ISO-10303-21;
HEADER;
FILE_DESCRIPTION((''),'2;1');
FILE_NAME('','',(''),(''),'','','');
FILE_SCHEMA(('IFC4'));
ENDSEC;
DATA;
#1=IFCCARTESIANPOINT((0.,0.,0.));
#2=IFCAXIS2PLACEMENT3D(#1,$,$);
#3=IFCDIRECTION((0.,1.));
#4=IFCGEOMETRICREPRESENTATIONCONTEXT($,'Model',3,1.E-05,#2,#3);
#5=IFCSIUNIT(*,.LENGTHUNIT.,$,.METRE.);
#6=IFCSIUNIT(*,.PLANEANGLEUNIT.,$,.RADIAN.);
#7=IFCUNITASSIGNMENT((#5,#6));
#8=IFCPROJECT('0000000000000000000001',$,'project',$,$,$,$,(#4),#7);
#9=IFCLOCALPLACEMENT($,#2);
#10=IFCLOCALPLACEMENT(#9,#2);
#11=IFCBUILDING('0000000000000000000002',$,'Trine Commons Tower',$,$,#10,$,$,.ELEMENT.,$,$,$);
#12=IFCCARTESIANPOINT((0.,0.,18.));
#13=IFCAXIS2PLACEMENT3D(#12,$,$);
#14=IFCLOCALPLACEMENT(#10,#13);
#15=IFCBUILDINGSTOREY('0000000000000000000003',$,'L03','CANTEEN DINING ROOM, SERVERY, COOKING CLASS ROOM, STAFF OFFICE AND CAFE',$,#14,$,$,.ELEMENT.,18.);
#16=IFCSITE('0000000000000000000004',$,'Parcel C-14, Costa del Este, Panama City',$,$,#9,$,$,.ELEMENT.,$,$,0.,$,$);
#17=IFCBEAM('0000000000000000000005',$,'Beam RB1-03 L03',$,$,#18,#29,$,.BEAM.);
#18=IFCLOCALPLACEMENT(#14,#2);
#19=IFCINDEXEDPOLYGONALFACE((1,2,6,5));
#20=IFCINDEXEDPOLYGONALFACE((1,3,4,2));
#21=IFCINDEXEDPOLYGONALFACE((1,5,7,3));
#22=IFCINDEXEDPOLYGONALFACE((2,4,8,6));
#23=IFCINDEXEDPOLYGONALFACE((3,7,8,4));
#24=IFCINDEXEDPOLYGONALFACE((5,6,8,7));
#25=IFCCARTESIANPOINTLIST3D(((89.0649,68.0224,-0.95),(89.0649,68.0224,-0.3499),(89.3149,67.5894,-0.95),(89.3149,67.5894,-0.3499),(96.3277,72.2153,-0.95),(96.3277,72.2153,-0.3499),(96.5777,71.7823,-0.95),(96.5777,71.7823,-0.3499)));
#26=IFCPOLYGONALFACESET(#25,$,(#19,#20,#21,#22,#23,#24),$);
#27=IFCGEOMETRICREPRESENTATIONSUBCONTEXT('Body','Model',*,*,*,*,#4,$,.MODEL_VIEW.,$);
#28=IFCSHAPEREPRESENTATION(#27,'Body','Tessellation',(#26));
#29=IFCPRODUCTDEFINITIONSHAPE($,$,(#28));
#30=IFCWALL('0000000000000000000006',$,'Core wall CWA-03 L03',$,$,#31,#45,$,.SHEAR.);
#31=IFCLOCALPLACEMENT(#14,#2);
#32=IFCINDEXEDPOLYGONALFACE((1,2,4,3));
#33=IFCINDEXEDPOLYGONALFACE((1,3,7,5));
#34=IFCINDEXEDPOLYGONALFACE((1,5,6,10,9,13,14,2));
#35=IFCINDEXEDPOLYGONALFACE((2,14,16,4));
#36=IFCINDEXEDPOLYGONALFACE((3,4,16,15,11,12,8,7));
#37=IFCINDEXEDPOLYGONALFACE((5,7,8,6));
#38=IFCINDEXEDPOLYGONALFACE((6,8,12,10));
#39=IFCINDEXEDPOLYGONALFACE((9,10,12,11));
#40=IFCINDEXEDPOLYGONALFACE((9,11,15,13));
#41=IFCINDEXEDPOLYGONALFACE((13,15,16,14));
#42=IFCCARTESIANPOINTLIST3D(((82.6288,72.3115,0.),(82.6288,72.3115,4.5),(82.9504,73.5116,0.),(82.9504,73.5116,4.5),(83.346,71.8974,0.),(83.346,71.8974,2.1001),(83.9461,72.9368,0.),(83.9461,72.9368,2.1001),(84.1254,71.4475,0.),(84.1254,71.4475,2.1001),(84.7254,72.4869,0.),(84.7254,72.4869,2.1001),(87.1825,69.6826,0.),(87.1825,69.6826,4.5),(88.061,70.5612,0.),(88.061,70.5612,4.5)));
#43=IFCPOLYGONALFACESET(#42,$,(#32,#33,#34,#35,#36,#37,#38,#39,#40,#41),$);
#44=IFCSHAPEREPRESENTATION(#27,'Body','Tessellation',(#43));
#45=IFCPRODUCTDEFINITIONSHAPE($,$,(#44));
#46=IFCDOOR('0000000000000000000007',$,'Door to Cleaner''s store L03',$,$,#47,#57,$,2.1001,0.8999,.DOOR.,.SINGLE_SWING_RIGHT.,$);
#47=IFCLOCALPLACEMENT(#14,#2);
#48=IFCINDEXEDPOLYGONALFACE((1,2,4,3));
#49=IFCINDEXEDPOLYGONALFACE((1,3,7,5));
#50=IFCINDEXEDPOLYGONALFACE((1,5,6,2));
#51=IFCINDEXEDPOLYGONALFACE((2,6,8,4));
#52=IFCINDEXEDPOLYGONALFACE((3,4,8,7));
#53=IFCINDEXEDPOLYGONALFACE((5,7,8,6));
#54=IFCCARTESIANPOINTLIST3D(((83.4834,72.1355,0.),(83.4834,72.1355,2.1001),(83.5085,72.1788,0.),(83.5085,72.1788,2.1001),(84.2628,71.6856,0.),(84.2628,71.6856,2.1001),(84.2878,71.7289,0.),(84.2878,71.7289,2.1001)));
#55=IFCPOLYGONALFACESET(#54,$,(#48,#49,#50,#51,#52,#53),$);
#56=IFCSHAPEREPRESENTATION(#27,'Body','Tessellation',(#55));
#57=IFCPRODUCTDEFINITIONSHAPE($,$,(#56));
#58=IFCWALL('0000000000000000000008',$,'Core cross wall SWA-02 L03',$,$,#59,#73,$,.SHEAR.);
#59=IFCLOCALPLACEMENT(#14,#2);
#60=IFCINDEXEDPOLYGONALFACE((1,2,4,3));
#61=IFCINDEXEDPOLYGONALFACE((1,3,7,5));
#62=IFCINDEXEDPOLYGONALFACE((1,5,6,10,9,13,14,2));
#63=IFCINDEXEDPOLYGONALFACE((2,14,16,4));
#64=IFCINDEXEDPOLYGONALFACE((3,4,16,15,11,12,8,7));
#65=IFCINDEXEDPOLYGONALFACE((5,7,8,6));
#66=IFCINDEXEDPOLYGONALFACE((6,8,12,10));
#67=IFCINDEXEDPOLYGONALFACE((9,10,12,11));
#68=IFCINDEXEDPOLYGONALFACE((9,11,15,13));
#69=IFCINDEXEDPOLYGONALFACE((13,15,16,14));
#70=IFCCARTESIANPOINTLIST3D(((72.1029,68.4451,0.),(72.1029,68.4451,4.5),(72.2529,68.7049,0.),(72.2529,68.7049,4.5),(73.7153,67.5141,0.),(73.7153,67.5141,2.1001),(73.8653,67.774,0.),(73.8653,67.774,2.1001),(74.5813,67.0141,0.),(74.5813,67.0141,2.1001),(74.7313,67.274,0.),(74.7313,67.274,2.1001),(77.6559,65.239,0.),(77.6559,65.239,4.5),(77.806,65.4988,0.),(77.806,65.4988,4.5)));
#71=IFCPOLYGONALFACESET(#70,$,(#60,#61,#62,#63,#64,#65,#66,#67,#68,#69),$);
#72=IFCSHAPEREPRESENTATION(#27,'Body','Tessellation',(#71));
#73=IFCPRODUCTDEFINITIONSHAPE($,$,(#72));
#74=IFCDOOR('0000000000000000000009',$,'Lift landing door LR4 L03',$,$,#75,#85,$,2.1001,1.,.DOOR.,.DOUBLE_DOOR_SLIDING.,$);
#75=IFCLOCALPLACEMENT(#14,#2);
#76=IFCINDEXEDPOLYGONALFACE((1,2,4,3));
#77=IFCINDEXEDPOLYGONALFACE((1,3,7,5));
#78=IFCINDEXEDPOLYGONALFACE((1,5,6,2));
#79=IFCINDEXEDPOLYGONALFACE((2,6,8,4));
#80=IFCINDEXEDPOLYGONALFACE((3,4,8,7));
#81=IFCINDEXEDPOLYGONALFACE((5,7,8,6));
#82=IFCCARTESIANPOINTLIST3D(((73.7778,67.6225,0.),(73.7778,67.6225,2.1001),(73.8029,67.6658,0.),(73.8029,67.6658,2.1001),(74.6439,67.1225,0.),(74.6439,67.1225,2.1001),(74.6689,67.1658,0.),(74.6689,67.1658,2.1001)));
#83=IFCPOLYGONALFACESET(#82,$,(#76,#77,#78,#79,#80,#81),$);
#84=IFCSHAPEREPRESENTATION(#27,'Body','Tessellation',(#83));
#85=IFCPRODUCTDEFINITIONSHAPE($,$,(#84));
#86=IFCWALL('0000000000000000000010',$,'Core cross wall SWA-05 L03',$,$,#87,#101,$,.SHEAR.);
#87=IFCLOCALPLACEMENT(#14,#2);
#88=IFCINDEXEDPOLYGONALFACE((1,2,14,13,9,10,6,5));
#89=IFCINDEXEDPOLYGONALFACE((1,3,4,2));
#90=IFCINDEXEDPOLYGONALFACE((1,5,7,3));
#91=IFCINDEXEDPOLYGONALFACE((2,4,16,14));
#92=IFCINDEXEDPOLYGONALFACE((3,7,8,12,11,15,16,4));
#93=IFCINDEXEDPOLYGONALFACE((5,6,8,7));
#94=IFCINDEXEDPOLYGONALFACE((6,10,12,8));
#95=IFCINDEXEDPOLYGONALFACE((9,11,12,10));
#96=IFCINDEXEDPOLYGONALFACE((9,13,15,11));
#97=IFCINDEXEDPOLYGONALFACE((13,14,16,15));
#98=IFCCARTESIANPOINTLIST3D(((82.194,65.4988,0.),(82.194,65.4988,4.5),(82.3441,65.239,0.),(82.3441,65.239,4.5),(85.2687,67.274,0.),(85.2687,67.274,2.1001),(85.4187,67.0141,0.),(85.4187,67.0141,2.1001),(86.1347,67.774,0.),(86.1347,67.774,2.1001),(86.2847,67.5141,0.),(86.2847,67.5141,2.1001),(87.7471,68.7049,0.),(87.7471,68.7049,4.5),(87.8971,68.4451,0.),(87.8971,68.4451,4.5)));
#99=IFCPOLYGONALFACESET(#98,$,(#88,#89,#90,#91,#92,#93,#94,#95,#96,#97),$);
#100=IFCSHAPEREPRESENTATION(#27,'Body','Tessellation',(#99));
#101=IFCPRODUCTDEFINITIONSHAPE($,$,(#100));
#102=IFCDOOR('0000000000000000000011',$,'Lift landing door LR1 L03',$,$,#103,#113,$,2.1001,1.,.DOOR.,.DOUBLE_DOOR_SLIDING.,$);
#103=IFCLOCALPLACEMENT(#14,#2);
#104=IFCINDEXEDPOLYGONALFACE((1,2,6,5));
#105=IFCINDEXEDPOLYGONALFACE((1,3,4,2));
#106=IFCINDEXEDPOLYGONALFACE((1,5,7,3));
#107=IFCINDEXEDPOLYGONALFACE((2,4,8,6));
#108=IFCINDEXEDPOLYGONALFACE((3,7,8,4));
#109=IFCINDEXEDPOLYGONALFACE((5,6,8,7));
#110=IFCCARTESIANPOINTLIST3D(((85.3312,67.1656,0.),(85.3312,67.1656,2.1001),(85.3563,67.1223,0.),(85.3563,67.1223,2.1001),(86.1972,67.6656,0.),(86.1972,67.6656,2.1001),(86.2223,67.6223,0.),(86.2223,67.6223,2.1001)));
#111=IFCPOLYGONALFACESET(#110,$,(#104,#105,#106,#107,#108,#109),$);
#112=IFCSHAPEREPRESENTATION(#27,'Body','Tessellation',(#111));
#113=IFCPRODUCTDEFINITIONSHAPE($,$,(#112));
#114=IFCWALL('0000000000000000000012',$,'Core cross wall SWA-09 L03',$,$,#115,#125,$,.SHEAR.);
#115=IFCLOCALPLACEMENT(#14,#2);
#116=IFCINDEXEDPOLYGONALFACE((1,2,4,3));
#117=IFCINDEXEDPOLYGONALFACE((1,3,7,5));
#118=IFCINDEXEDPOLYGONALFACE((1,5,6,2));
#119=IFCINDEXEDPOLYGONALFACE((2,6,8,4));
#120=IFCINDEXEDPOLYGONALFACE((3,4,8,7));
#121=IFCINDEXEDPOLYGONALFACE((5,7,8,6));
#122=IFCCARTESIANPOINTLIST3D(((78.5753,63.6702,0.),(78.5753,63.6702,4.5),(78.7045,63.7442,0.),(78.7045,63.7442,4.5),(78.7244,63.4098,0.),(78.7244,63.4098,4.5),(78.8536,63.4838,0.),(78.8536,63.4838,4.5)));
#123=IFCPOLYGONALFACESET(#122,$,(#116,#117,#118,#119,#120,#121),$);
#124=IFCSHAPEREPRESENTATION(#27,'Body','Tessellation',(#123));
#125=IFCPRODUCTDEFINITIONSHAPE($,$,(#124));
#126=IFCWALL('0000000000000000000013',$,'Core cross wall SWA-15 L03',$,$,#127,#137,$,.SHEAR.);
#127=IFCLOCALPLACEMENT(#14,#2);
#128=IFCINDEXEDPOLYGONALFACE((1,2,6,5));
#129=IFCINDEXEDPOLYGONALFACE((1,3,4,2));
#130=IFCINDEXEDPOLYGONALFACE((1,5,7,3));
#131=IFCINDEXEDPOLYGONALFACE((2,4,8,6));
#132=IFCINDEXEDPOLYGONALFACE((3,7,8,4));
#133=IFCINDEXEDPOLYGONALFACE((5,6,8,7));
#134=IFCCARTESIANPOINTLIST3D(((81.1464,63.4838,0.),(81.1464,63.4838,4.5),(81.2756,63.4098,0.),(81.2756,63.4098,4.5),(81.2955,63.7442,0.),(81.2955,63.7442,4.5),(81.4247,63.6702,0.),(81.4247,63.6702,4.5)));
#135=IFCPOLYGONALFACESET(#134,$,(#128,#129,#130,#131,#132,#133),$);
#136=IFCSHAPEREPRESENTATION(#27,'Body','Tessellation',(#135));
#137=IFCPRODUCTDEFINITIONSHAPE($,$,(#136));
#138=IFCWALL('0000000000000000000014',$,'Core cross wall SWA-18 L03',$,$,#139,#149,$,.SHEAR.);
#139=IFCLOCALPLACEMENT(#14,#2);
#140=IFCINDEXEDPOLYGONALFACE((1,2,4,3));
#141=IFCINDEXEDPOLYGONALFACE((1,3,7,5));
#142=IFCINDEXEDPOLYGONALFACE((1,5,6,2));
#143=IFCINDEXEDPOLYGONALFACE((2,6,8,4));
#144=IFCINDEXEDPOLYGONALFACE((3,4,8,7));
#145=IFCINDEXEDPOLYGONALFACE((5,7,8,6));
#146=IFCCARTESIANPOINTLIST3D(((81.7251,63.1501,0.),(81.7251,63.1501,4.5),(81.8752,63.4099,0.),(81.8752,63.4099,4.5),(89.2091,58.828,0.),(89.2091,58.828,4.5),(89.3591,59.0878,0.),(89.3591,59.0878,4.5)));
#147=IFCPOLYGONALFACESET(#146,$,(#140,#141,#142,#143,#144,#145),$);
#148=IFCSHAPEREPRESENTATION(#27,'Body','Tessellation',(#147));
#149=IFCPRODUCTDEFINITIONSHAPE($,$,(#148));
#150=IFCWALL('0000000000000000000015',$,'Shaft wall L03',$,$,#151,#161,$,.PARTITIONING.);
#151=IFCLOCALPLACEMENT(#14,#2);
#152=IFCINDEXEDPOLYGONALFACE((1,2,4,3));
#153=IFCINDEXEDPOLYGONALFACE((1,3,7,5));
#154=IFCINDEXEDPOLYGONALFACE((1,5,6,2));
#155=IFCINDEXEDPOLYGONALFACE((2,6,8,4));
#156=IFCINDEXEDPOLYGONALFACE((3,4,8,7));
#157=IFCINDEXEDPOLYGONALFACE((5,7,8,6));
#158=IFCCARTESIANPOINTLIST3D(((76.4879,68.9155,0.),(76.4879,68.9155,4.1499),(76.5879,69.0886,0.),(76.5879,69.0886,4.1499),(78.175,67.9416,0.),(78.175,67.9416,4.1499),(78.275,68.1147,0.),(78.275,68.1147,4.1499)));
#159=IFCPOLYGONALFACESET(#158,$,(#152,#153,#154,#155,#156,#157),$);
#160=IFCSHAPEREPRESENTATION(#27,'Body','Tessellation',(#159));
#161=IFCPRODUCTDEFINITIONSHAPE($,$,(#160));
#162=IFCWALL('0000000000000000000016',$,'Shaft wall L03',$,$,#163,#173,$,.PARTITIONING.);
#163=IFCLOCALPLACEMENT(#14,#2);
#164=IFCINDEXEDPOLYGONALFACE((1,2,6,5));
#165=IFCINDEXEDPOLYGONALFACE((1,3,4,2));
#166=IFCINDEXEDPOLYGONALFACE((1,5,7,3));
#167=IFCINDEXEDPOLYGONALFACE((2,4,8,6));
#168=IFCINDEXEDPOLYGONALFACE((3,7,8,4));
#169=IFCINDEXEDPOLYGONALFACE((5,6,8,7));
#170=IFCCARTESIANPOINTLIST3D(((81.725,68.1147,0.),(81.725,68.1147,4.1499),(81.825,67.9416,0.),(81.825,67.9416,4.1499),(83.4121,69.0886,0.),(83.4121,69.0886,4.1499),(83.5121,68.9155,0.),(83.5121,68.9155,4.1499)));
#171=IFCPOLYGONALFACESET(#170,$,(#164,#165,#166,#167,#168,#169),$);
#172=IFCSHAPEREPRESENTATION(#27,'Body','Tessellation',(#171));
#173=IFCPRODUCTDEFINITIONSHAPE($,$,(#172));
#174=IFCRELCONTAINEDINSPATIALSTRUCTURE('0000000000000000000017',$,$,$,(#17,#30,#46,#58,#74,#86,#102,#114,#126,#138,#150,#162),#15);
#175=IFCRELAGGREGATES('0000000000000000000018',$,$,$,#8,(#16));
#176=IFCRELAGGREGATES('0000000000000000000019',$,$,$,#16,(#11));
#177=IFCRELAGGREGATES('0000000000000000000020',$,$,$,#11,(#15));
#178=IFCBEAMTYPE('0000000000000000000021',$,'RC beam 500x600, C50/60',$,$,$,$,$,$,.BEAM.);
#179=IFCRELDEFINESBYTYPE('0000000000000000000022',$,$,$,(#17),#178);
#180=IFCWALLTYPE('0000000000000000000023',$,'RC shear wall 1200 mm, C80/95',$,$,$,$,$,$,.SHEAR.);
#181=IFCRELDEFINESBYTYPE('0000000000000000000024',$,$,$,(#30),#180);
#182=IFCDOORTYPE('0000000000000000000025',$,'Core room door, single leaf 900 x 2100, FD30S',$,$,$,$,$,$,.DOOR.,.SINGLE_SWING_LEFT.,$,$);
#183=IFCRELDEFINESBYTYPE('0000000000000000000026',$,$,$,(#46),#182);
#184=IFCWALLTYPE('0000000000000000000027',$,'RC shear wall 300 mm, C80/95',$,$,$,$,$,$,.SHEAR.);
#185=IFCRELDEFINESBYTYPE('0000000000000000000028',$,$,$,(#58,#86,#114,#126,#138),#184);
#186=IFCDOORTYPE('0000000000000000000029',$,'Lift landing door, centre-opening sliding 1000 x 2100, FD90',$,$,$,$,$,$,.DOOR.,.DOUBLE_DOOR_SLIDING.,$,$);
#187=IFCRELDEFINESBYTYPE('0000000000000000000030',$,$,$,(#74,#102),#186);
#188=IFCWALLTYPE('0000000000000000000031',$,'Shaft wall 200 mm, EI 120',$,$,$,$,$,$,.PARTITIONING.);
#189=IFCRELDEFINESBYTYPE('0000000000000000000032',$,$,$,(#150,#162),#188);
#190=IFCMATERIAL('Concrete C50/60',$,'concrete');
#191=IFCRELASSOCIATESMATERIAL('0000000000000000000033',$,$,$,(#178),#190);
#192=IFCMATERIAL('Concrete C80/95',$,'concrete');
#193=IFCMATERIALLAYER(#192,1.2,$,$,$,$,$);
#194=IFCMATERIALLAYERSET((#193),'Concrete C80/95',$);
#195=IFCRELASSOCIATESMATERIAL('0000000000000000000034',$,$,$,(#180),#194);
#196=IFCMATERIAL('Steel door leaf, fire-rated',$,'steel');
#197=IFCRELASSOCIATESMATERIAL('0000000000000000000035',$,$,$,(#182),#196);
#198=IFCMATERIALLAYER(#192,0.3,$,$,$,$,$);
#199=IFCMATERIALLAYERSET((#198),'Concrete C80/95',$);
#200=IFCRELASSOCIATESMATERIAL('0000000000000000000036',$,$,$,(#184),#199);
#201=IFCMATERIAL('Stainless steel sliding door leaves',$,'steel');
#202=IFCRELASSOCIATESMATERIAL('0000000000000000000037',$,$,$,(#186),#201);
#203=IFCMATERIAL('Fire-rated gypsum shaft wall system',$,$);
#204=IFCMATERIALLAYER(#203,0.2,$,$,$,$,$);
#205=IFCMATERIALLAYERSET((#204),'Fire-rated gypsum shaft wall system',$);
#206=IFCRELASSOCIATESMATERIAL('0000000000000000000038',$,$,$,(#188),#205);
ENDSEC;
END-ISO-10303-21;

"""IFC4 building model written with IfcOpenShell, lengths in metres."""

from ifc_helpers import new_model, si_unit, direction, frame, frame_2d, origin, origin_2d, place, context, subcontext, project, spatial, polyline, rectangle, outline, extrude, material, layer, layer_set, material_profile, profile_set, type_object, element, fill, save


model = new_model("IFC4")

# Units and contexts
model_context = context("Model", 3, precision=1e-05, world=origin(), true_north=direction((0.0, 1.0)))
body_context = subcontext(model_context, "Body", "Model", "MODEL_VIEW")
ifc_project = project(units=[si_unit("LENGTHUNIT", "METRE"), si_unit("PLANEANGLEUNIT", "RADIAN")], contexts=[model_context])

# Site, building, storey
site_placement = place(None, origin())
site = spatial("IfcSite", under=ifc_project, at=site_placement, Name="Parcel C-14, Costa del Este, Panama City", CompositionType="ELEMENT", RefElevation=0.0)
building_placement = place(site_placement, origin())
building = spatial("IfcBuilding", under=site, at=building_placement, Name="Trine Commons Tower", CompositionType="ELEMENT")
storey_placement = place(building_placement, frame((0.0, 0.0, 18.0)))
storey = spatial("IfcBuildingStorey", under=building, at=storey_placement, Name="L03", Description="CANTEEN DINING ROOM, SERVERY, COOKING CLASS ROOM, STAFF OFFICE AND CAFE", CompositionType="ELEMENT", Elevation=18.0)

# Beam
ifc_material_1 = material(Name="Concrete C50/60", Category="concrete")
ifc_material_profile = material_profile(ifc_material_1, rectangle(XDim=0.5, YDim=0.6001, at=origin_2d()), Name="RC 500x600")
ifc_profile_set = profile_set([ifc_material_profile], Name="Concrete C50/60")
beam_type = type_object("IfcBeamType", Name="RC beam 500x600, C50/60", PredefinedType="BEAM", material=ifc_profile_set)
beam_placement = place(storey_placement, frame((89.1899, 67.8059, -0.6499), z_axis=(0.866038, 0.499978, 0.0), x_axis=(-0.499978, 0.866038, 0.0)))
element("IfcBeam", 1, at=beam_placement, inside=storey, type_object=beam_type, Name="Beam RB1-03 L03", PredefinedType="BEAM", context=body_context, shape_type="SweptSolid", body=[
    extrude(rectangle(XDim=0.5, YDim=0.6001, at=origin_2d()), origin(), (0.0, 0.0, 1.0), 8.3862),
])

# Walls, openings, doors
ifc_material_2 = material(Name="Concrete C80/95", Category="concrete")
ifc_layer_1 = layer(ifc_material_2, 1.2)
ifc_layer_set_1 = layer_set([ifc_layer_1], Name="Concrete C80/95")
wall_type_1 = type_object("IfcWallType", Name="RC shear wall 1200 mm, C80/95", PredefinedType="SHEAR", material=ifc_layer_set_1)
wall_1_placement = place(storey_placement, frame((87.761, 70.0415, 0.0), z_axis=(0.0, 0.0, 1.0), x_axis=(-0.866037, 0.499979, 0.0)))
wall_1 = element("IfcWall", 2, at=wall_1_placement, inside=storey, type_object=wall_type_1, Name="Core wall CWA-03 L03", PredefinedType="SHEAR", context=body_context, shape_type="SweptSolid", body=[
    extrude(outline(polyline([(0.0, -0.6001), (5.9011, -0.6001), (5.5796, 0.6001), (0.3215, 0.6001), (0.0, -0.6001)])), origin(), (0.0, 0.0, 1.0), 4.5),
])
opening_1_placement = place(wall_1_placement, frame((3.8516, 0.0, 0.0)))
opening_1 = element("IfcOpeningElement", 3, at=opening_1_placement, cuts=wall_1, PredefinedType="OPENING", context=body_context, shape_type="SweptSolid", body=[
    extrude(rectangle(XDim=0.8999, YDim=2.1001, at=frame_2d((0.45, 1.05))), frame((0.0, 0.6099, 0.0), z_axis=(0.0, -1.0, 0.0), x_axis=(1.0, 0.0, 0.0)), (0.0, 0.0, 1.0), 1.22),
])
ifc_material_3 = material(Name="Steel door leaf, fire-rated", Category="steel")
door_type_1 = type_object("IfcDoorType", Name="Core room door, single leaf 900 x 2100, FD30S", OperationType="SINGLE_SWING_LEFT", PredefinedType="DOOR", material=ifc_material_3)
door_1_placement = place(opening_1_placement, origin())
door_1 = element("IfcDoor", 4, at=door_1_placement, inside=storey, type_object=door_type_1, Name="Door to Cleaner's store L03", OperationType="SINGLE_SWING_RIGHT", OverallHeight=2.1001, OverallWidth=0.8999, PredefinedType="DOOR", context=body_context, shape_type="SweptSolid", body=[
    extrude(rectangle(XDim=0.8999, YDim=2.1001, at=frame_2d((0.45, 1.05))), frame((0.0, 0.3252, 0.0), z_axis=(0.0, -1.0, 0.0), x_axis=(1.0, 0.0, 0.0)), (0.0, 0.0, 1.0), 0.05),
])
fill(opening_1, door_1)
ifc_layer_2 = layer(ifc_material_2, 0.3)
ifc_layer_set_2 = layer_set([ifc_layer_2], Name="Concrete C80/95")
wall_type_2 = type_object("IfcWallType", Name="RC shear wall 300 mm, C80/95", PredefinedType="SHEAR", material=ifc_layer_set_2)
wall_2_placement = place(storey_placement, frame((77.731, 65.3689, 0.0), z_axis=(0.0, 0.0, 1.0), x_axis=(-0.866023, 0.500005, 0.0)))
wall_2 = element("IfcWall", 5, at=wall_2_placement, inside=storey, type_object=wall_type_2, Name="Core cross wall SWA-02 L03", PredefinedType="SHEAR", context=body_context, shape_type="SweptSolid", body=[
    extrude(rectangle(XDim=6.4121, YDim=0.3, at=frame_2d((3.2061, 0.0))), origin(), (0.0, 0.0, 1.0), 4.5),
])
opening_2_placement = place(wall_2_placement, frame((3.5503, 0.0, 0.0)))
opening_2 = element("IfcOpeningElement", 6, at=opening_2_placement, cuts=wall_2, PredefinedType="OPENING", context=body_context, shape_type="SweptSolid", body=[
    extrude(rectangle(XDim=1.0, YDim=2.1001, at=frame_2d((0.5, 1.05))), frame((0.0, 0.1599, 0.0), z_axis=(0.0, -1.0, 0.0), x_axis=(1.0, 0.0, 0.0)), (0.0, 0.0, 1.0), 0.3201),
])
ifc_material_4 = material(Name="Stainless steel sliding door leaves", Category="steel")
door_type_2 = type_object("IfcDoorType", Name="Lift landing door, centre-opening sliding 1000 x 2100, FD90", OperationType="DOUBLE_DOOR_SLIDING", PredefinedType="DOOR", material=ifc_material_4)
door_2_placement = place(opening_2_placement, origin())
door_2 = element("IfcDoor", 7, at=door_2_placement, inside=storey, type_object=door_type_2, Name="Lift landing door LR4 L03", OperationType="DOUBLE_DOOR_SLIDING", OverallHeight=2.1001, OverallWidth=1.0, PredefinedType="DOOR", context=body_context, shape_type="SweptSolid", body=[
    extrude(rectangle(XDim=1.0, YDim=2.1001, at=frame_2d((0.5, 1.05))), frame((0.0, 0.0249, 0.0), z_axis=(0.0, -1.0, 0.0), x_axis=(1.0, 0.0, 0.0)), (0.0, 0.0, 1.0), 0.05),
])
fill(opening_2, door_2)
wall_3_placement = place(storey_placement, frame((82.269, 65.3689, 0.0), z_axis=(0.0, 0.0, 1.0), x_axis=(0.866023, 0.500005, 0.0)))
wall_3 = element("IfcWall", 8, at=wall_3_placement, inside=storey, type_object=wall_type_2, Name="Core cross wall SWA-05 L03", PredefinedType="SHEAR", context=body_context, shape_type="SweptSolid", body=[
    extrude(rectangle(XDim=6.4121, YDim=0.3, at=frame_2d((3.2061, 0.0))), origin(), (0.0, 0.0, 1.0), 4.5),
])
opening_3_placement = place(wall_3_placement, frame((3.5503, 0.0, 0.0)))
opening_3 = element("IfcOpeningElement", 9, at=opening_3_placement, cuts=wall_3, PredefinedType="OPENING", context=body_context, shape_type="SweptSolid", body=[
    extrude(rectangle(XDim=1.0, YDim=2.1001, at=frame_2d((0.5, 1.05))), frame((0.0, 0.1599, 0.0), z_axis=(0.0, -1.0, 0.0), x_axis=(1.0, 0.0, 0.0)), (0.0, 0.0, 1.0), 0.3201),
])
door_3_placement = place(opening_3_placement, origin())
door_3 = element("IfcDoor", 10, at=door_3_placement, inside=storey, type_object=door_type_2, Name="Lift landing door LR1 L03", OperationType="DOUBLE_DOOR_SLIDING", OverallHeight=2.1001, OverallWidth=1.0, PredefinedType="DOOR", context=body_context, shape_type="SweptSolid", body=[
    extrude(rectangle(XDim=1.0, YDim=2.1001, at=frame_2d((0.5, 1.05))), frame((0.0, 0.0249, 0.0), z_axis=(0.0, -1.0, 0.0), x_axis=(1.0, 0.0, 0.0)), (0.0, 0.0, 1.0), 0.05),
])
fill(opening_3, door_3)

# Walls
for number, where, z_axis, x_axis, name in (
    (11, (78.7791, 63.614, 0.0), (0.0, 0.0, 1.0), (-0.867738, -0.497022, 0.0), "Core cross wall SWA-09 L03"),
    (12, (81.2209, 63.614, 0.0), (0.0, 0.0, 1.0), (0.867738, -0.497022, 0.0), "Core cross wall SWA-15 L03"),
):
    element("IfcWall", number, at=place(storey_placement, frame(where, z_axis=z_axis, x_axis=x_axis)), inside=storey, type_object=wall_type_2, Name=name, PredefinedType="SHEAR", context=body_context, shape_type="SweptSolid", body=[
        extrude(rectangle(XDim=0.1489, YDim=0.3, at=frame_2d((0.0745, 0.0))), origin(), (0.0, 0.0, 1.0), 4.5),
    ])
wall_4_placement = place(storey_placement, frame((81.8, 63.28, 0.0), z_axis=(0.0, 0.0, 1.0), x_axis=(0.865965, -0.500104, 0.0)))
element("IfcWall", 13, at=wall_4_placement, inside=storey, type_object=wall_type_2, Name="Core cross wall SWA-18 L03", PredefinedType="SHEAR", context=body_context, shape_type="SweptSolid", body=[
    extrude(rectangle(XDim=8.6423, YDim=0.3, at=frame_2d((4.3213, 0.0))), origin(), (0.0, 0.0, 1.0), 4.5),
])
ifc_material_5 = material(Name="Fire-rated gypsum shaft wall system")
ifc_layer_3 = layer(ifc_material_5, 0.2)
ifc_layer_set_3 = layer_set([ifc_layer_3], Name="Fire-rated gypsum shaft wall system")
wall_type_3 = type_object("IfcWallType", Name="Shaft wall 200 mm, EI 120", PredefinedType="PARTITIONING", material=ifc_layer_set_3)
for number, where, z_axis, x_axis, name in (
    (14, (78.2251, 68.0281, 0.0), (0.0, 0.0, 1.0), (-0.866052, 0.499954, 0.0), "Shaft wall L03"),
    (15, (81.7749, 68.0281, 0.0), (0.0, 0.0, 1.0), (0.866052, 0.499954, 0.0), "Shaft wall L03"),
):
    element("IfcWall", number, at=place(storey_placement, frame(where, z_axis=z_axis, x_axis=x_axis)), inside=storey, type_object=wall_type_3, Name=name, PredefinedType="PARTITIONING", context=body_context, shape_type="SweptSolid", body=[
        extrude(rectangle(XDim=1.948, YDim=0.2, at=frame_2d((0.9741, 0.0))), origin(), (0.0, 0.0, 1.0), 4.1499),
    ])

save(model, "model.ifc")
